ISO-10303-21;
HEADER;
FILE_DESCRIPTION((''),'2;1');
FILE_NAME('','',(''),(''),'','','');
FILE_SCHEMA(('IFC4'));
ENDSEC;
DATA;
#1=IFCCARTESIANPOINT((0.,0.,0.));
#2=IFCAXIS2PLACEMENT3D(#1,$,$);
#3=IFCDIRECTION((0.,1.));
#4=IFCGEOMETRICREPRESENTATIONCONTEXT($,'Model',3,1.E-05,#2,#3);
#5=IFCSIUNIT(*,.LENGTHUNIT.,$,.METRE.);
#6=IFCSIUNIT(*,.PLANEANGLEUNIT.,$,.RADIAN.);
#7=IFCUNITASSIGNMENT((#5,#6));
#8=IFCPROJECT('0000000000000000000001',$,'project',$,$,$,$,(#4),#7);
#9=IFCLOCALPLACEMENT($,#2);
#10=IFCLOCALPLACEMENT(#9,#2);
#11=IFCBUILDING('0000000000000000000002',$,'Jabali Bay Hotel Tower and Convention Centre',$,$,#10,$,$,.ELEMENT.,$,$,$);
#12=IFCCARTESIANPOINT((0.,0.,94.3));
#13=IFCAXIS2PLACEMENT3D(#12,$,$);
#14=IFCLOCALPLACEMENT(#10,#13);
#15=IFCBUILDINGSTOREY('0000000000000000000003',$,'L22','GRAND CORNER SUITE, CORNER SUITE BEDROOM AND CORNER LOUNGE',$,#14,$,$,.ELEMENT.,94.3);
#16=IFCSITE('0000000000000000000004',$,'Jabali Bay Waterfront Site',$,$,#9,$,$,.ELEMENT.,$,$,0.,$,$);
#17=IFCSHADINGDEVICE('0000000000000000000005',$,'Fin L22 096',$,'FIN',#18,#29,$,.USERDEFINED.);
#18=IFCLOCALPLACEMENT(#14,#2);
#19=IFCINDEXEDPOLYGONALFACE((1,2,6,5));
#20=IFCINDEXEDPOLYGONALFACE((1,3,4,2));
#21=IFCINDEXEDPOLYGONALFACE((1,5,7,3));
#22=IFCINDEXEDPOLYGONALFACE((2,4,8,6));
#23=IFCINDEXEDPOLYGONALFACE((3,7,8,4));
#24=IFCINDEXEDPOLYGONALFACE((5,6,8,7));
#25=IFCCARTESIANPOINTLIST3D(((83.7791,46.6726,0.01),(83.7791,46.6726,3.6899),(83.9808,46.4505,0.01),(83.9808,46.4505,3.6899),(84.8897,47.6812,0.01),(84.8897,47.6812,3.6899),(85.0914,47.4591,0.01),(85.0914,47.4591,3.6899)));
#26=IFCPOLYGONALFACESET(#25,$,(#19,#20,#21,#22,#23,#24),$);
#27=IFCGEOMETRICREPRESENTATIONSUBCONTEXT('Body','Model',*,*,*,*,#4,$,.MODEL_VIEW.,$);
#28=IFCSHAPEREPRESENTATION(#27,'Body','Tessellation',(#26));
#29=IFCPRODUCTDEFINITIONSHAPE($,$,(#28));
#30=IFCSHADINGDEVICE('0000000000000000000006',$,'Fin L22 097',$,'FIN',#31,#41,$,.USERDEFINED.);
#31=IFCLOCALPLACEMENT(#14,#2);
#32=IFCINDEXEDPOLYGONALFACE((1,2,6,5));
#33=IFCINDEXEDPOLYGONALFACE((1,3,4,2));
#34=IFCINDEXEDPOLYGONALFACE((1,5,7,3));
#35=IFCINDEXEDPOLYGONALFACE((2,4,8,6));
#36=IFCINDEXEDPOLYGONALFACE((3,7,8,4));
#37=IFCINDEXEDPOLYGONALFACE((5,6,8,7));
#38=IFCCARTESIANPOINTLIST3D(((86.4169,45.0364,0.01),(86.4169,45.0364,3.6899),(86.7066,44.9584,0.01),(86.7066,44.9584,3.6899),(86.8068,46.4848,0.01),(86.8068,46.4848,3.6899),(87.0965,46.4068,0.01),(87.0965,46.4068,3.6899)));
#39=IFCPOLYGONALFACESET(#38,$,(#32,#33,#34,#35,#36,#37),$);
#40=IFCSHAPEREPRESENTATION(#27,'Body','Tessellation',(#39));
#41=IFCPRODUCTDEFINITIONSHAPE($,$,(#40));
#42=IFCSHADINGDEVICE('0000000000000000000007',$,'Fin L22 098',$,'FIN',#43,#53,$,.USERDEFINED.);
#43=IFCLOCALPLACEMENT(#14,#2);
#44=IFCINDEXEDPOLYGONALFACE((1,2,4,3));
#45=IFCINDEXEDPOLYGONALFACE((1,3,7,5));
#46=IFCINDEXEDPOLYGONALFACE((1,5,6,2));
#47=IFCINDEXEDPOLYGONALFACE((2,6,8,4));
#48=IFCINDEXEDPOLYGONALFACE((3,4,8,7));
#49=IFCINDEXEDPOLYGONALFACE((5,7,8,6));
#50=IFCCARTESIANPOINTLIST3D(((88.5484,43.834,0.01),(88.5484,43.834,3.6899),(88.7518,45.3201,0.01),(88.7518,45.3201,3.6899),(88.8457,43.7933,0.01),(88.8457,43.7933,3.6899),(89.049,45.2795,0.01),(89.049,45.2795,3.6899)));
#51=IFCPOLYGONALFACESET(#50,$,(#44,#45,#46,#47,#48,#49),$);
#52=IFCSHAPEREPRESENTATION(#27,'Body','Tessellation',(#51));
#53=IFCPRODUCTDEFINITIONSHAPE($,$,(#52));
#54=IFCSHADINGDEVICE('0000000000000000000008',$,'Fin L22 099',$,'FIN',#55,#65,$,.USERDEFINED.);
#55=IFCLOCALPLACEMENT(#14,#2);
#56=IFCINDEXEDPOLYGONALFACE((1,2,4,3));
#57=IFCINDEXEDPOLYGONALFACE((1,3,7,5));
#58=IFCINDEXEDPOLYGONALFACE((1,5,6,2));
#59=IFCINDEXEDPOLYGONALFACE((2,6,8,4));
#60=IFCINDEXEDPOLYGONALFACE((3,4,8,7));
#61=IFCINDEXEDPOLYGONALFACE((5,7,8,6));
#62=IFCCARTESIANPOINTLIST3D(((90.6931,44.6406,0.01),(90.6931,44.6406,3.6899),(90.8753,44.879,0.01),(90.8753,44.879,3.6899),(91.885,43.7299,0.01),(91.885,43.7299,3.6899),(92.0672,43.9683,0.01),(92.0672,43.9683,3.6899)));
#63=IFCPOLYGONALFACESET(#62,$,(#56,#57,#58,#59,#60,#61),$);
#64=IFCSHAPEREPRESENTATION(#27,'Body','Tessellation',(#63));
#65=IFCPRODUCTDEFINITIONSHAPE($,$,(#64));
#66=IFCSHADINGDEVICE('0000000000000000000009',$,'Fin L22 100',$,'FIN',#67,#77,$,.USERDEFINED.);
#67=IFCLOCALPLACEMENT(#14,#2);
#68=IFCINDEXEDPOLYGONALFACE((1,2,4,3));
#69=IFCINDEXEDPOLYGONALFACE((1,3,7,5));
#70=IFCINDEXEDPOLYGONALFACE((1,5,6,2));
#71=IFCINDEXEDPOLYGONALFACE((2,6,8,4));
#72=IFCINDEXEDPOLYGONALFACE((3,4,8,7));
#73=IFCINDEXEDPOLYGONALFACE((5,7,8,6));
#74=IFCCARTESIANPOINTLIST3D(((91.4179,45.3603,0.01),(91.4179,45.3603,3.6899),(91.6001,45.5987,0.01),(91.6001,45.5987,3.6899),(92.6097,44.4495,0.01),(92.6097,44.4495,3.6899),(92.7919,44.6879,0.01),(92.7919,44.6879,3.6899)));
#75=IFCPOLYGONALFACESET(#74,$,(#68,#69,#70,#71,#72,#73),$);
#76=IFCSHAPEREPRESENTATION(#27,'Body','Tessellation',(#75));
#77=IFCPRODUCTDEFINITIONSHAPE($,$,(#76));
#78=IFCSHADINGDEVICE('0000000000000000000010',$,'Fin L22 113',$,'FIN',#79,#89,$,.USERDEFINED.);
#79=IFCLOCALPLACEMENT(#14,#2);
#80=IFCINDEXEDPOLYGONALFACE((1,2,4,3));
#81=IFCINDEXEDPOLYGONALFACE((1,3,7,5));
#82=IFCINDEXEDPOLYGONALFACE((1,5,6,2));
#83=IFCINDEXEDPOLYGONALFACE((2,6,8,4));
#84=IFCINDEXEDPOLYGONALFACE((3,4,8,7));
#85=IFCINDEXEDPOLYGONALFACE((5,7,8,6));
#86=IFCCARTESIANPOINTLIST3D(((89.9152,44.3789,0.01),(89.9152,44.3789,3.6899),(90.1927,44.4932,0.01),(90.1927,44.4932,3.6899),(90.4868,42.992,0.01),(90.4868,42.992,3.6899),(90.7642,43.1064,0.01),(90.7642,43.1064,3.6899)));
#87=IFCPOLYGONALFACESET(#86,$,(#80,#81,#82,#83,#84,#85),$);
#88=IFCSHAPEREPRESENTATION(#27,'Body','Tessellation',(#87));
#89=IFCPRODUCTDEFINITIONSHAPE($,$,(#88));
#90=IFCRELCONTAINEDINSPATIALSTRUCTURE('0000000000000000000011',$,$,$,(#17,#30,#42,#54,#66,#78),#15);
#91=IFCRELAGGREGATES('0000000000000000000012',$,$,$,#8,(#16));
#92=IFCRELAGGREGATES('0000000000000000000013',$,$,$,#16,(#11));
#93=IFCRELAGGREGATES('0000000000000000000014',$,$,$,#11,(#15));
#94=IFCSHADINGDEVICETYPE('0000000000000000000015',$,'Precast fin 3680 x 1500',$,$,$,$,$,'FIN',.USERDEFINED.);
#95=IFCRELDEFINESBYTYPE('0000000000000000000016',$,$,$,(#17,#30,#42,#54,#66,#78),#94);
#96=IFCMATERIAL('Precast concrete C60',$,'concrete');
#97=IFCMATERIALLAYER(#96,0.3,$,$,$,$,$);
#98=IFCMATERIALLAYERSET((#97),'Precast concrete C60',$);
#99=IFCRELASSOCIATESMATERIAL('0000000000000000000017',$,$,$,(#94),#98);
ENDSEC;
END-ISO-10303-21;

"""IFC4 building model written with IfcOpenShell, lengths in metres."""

from ifc_helpers import new_model, si_unit, direction, frame, frame_2d, origin, place, context, subcontext, project, spatial, rectangle, extrude, material, layer, layer_set, type_object, element, save


model = new_model("IFC4")

# Units and contexts
model_context = context("Model", 3, precision=1e-05, world=origin(), true_north=direction((0.0, 1.0)))
body_context = subcontext(model_context, "Body", "Model", "MODEL_VIEW")
ifc_project = project(units=[si_unit("LENGTHUNIT", "METRE"), si_unit("PLANEANGLEUNIT", "RADIAN")], contexts=[model_context])

# Site, building, storey
site_placement = place(None, origin())
site = spatial("IfcSite", under=ifc_project, at=site_placement, Name="Jabali Bay Waterfront Site", CompositionType="ELEMENT", RefElevation=0.0)
building_placement = place(site_placement, origin())
building = spatial("IfcBuilding", under=site, at=building_placement, Name="Jabali Bay Hotel Tower and Convention Centre", CompositionType="ELEMENT")
storey_placement = place(building_placement, frame((0.0, 0.0, 94.3)))
storey = spatial("IfcBuildingStorey", under=building, at=storey_placement, Name="L22", Description="GRAND CORNER SUITE, CORNER SUITE BEDROOM AND CORNER LOUNGE", CompositionType="ELEMENT", Elevation=94.3)

# Shading devices
ifc_material_1 = material(Name="Precast concrete C60", Category="concrete")
ifc_layer_1 = layer(ifc_material_1, 0.3)
ifc_layer_set_1 = layer_set([ifc_layer_1], Name="Precast concrete C60")
shading_device_type_1 = type_object("IfcShadingDeviceType", Name="Precast fin 3680 x 1500", ElementType="FIN", PredefinedType="USERDEFINED", material=ifc_layer_set_1)
shading_device_placement = place(storey_placement, frame((84.9905, 47.5701, 0.01), z_axis=(0.0, 0.0, 1.0), x_axis=(-0.740301, -0.672276, 0.0)))
element("IfcShadingDevice", 1, at=shading_device_placement, inside=storey, type_object=shading_device_type_1, Name="Fin L22 096", ObjectType="FIN", PredefinedType="USERDEFINED", context=body_context, shape_type="SweptSolid", body=[
    extrude(rectangle(XDim=1.5002, YDim=0.3, at=frame_2d((0.75, 0.0))), origin(), (0.0, 0.0, 1.0), 3.6799),
])
for number, where, z_axis, x_axis, name in (
    (2, (86.9517, 46.4458, 0.01), (0.0, 0.0, 1.0), (-0.259921, -0.96563, 0.0), "Fin L22 097"),
    (3, (88.9004, 45.2998, 0.01), (0.0, 0.0, 1.0), (-0.135585, -0.990766, 0.0), "Fin L22 098"),
    (4, (90.7842, 44.7598, 0.01), (0.0, 0.0, 1.0), (0.794616, -0.607112, 0.0), "Fin L22 099"),
    (5, (91.509, 45.4795, 0.01), (0.0, 0.0, 1.0), (0.794538, -0.607214, 0.0), "Fin L22 100"),
    (6, (90.054, 44.436, 0.01), (0.0, 0.0, 1.0), (0.381053, -0.924553, 0.0), "Fin L22 113"),
):
    element("IfcShadingDevice", number, at=place(storey_placement, frame(where, z_axis=z_axis, x_axis=x_axis)), inside=storey, type_object=shading_device_type_1, Name=name, ObjectType="FIN", PredefinedType="USERDEFINED", context=body_context, shape_type="SweptSolid", body=[
        extrude(rectangle(XDim=1.5, YDim=0.3, at=frame_2d((0.75, 0.0))), origin(), (0.0, 0.0, 1.0), 3.6799),
    ])

save(model, "model.ifc")
